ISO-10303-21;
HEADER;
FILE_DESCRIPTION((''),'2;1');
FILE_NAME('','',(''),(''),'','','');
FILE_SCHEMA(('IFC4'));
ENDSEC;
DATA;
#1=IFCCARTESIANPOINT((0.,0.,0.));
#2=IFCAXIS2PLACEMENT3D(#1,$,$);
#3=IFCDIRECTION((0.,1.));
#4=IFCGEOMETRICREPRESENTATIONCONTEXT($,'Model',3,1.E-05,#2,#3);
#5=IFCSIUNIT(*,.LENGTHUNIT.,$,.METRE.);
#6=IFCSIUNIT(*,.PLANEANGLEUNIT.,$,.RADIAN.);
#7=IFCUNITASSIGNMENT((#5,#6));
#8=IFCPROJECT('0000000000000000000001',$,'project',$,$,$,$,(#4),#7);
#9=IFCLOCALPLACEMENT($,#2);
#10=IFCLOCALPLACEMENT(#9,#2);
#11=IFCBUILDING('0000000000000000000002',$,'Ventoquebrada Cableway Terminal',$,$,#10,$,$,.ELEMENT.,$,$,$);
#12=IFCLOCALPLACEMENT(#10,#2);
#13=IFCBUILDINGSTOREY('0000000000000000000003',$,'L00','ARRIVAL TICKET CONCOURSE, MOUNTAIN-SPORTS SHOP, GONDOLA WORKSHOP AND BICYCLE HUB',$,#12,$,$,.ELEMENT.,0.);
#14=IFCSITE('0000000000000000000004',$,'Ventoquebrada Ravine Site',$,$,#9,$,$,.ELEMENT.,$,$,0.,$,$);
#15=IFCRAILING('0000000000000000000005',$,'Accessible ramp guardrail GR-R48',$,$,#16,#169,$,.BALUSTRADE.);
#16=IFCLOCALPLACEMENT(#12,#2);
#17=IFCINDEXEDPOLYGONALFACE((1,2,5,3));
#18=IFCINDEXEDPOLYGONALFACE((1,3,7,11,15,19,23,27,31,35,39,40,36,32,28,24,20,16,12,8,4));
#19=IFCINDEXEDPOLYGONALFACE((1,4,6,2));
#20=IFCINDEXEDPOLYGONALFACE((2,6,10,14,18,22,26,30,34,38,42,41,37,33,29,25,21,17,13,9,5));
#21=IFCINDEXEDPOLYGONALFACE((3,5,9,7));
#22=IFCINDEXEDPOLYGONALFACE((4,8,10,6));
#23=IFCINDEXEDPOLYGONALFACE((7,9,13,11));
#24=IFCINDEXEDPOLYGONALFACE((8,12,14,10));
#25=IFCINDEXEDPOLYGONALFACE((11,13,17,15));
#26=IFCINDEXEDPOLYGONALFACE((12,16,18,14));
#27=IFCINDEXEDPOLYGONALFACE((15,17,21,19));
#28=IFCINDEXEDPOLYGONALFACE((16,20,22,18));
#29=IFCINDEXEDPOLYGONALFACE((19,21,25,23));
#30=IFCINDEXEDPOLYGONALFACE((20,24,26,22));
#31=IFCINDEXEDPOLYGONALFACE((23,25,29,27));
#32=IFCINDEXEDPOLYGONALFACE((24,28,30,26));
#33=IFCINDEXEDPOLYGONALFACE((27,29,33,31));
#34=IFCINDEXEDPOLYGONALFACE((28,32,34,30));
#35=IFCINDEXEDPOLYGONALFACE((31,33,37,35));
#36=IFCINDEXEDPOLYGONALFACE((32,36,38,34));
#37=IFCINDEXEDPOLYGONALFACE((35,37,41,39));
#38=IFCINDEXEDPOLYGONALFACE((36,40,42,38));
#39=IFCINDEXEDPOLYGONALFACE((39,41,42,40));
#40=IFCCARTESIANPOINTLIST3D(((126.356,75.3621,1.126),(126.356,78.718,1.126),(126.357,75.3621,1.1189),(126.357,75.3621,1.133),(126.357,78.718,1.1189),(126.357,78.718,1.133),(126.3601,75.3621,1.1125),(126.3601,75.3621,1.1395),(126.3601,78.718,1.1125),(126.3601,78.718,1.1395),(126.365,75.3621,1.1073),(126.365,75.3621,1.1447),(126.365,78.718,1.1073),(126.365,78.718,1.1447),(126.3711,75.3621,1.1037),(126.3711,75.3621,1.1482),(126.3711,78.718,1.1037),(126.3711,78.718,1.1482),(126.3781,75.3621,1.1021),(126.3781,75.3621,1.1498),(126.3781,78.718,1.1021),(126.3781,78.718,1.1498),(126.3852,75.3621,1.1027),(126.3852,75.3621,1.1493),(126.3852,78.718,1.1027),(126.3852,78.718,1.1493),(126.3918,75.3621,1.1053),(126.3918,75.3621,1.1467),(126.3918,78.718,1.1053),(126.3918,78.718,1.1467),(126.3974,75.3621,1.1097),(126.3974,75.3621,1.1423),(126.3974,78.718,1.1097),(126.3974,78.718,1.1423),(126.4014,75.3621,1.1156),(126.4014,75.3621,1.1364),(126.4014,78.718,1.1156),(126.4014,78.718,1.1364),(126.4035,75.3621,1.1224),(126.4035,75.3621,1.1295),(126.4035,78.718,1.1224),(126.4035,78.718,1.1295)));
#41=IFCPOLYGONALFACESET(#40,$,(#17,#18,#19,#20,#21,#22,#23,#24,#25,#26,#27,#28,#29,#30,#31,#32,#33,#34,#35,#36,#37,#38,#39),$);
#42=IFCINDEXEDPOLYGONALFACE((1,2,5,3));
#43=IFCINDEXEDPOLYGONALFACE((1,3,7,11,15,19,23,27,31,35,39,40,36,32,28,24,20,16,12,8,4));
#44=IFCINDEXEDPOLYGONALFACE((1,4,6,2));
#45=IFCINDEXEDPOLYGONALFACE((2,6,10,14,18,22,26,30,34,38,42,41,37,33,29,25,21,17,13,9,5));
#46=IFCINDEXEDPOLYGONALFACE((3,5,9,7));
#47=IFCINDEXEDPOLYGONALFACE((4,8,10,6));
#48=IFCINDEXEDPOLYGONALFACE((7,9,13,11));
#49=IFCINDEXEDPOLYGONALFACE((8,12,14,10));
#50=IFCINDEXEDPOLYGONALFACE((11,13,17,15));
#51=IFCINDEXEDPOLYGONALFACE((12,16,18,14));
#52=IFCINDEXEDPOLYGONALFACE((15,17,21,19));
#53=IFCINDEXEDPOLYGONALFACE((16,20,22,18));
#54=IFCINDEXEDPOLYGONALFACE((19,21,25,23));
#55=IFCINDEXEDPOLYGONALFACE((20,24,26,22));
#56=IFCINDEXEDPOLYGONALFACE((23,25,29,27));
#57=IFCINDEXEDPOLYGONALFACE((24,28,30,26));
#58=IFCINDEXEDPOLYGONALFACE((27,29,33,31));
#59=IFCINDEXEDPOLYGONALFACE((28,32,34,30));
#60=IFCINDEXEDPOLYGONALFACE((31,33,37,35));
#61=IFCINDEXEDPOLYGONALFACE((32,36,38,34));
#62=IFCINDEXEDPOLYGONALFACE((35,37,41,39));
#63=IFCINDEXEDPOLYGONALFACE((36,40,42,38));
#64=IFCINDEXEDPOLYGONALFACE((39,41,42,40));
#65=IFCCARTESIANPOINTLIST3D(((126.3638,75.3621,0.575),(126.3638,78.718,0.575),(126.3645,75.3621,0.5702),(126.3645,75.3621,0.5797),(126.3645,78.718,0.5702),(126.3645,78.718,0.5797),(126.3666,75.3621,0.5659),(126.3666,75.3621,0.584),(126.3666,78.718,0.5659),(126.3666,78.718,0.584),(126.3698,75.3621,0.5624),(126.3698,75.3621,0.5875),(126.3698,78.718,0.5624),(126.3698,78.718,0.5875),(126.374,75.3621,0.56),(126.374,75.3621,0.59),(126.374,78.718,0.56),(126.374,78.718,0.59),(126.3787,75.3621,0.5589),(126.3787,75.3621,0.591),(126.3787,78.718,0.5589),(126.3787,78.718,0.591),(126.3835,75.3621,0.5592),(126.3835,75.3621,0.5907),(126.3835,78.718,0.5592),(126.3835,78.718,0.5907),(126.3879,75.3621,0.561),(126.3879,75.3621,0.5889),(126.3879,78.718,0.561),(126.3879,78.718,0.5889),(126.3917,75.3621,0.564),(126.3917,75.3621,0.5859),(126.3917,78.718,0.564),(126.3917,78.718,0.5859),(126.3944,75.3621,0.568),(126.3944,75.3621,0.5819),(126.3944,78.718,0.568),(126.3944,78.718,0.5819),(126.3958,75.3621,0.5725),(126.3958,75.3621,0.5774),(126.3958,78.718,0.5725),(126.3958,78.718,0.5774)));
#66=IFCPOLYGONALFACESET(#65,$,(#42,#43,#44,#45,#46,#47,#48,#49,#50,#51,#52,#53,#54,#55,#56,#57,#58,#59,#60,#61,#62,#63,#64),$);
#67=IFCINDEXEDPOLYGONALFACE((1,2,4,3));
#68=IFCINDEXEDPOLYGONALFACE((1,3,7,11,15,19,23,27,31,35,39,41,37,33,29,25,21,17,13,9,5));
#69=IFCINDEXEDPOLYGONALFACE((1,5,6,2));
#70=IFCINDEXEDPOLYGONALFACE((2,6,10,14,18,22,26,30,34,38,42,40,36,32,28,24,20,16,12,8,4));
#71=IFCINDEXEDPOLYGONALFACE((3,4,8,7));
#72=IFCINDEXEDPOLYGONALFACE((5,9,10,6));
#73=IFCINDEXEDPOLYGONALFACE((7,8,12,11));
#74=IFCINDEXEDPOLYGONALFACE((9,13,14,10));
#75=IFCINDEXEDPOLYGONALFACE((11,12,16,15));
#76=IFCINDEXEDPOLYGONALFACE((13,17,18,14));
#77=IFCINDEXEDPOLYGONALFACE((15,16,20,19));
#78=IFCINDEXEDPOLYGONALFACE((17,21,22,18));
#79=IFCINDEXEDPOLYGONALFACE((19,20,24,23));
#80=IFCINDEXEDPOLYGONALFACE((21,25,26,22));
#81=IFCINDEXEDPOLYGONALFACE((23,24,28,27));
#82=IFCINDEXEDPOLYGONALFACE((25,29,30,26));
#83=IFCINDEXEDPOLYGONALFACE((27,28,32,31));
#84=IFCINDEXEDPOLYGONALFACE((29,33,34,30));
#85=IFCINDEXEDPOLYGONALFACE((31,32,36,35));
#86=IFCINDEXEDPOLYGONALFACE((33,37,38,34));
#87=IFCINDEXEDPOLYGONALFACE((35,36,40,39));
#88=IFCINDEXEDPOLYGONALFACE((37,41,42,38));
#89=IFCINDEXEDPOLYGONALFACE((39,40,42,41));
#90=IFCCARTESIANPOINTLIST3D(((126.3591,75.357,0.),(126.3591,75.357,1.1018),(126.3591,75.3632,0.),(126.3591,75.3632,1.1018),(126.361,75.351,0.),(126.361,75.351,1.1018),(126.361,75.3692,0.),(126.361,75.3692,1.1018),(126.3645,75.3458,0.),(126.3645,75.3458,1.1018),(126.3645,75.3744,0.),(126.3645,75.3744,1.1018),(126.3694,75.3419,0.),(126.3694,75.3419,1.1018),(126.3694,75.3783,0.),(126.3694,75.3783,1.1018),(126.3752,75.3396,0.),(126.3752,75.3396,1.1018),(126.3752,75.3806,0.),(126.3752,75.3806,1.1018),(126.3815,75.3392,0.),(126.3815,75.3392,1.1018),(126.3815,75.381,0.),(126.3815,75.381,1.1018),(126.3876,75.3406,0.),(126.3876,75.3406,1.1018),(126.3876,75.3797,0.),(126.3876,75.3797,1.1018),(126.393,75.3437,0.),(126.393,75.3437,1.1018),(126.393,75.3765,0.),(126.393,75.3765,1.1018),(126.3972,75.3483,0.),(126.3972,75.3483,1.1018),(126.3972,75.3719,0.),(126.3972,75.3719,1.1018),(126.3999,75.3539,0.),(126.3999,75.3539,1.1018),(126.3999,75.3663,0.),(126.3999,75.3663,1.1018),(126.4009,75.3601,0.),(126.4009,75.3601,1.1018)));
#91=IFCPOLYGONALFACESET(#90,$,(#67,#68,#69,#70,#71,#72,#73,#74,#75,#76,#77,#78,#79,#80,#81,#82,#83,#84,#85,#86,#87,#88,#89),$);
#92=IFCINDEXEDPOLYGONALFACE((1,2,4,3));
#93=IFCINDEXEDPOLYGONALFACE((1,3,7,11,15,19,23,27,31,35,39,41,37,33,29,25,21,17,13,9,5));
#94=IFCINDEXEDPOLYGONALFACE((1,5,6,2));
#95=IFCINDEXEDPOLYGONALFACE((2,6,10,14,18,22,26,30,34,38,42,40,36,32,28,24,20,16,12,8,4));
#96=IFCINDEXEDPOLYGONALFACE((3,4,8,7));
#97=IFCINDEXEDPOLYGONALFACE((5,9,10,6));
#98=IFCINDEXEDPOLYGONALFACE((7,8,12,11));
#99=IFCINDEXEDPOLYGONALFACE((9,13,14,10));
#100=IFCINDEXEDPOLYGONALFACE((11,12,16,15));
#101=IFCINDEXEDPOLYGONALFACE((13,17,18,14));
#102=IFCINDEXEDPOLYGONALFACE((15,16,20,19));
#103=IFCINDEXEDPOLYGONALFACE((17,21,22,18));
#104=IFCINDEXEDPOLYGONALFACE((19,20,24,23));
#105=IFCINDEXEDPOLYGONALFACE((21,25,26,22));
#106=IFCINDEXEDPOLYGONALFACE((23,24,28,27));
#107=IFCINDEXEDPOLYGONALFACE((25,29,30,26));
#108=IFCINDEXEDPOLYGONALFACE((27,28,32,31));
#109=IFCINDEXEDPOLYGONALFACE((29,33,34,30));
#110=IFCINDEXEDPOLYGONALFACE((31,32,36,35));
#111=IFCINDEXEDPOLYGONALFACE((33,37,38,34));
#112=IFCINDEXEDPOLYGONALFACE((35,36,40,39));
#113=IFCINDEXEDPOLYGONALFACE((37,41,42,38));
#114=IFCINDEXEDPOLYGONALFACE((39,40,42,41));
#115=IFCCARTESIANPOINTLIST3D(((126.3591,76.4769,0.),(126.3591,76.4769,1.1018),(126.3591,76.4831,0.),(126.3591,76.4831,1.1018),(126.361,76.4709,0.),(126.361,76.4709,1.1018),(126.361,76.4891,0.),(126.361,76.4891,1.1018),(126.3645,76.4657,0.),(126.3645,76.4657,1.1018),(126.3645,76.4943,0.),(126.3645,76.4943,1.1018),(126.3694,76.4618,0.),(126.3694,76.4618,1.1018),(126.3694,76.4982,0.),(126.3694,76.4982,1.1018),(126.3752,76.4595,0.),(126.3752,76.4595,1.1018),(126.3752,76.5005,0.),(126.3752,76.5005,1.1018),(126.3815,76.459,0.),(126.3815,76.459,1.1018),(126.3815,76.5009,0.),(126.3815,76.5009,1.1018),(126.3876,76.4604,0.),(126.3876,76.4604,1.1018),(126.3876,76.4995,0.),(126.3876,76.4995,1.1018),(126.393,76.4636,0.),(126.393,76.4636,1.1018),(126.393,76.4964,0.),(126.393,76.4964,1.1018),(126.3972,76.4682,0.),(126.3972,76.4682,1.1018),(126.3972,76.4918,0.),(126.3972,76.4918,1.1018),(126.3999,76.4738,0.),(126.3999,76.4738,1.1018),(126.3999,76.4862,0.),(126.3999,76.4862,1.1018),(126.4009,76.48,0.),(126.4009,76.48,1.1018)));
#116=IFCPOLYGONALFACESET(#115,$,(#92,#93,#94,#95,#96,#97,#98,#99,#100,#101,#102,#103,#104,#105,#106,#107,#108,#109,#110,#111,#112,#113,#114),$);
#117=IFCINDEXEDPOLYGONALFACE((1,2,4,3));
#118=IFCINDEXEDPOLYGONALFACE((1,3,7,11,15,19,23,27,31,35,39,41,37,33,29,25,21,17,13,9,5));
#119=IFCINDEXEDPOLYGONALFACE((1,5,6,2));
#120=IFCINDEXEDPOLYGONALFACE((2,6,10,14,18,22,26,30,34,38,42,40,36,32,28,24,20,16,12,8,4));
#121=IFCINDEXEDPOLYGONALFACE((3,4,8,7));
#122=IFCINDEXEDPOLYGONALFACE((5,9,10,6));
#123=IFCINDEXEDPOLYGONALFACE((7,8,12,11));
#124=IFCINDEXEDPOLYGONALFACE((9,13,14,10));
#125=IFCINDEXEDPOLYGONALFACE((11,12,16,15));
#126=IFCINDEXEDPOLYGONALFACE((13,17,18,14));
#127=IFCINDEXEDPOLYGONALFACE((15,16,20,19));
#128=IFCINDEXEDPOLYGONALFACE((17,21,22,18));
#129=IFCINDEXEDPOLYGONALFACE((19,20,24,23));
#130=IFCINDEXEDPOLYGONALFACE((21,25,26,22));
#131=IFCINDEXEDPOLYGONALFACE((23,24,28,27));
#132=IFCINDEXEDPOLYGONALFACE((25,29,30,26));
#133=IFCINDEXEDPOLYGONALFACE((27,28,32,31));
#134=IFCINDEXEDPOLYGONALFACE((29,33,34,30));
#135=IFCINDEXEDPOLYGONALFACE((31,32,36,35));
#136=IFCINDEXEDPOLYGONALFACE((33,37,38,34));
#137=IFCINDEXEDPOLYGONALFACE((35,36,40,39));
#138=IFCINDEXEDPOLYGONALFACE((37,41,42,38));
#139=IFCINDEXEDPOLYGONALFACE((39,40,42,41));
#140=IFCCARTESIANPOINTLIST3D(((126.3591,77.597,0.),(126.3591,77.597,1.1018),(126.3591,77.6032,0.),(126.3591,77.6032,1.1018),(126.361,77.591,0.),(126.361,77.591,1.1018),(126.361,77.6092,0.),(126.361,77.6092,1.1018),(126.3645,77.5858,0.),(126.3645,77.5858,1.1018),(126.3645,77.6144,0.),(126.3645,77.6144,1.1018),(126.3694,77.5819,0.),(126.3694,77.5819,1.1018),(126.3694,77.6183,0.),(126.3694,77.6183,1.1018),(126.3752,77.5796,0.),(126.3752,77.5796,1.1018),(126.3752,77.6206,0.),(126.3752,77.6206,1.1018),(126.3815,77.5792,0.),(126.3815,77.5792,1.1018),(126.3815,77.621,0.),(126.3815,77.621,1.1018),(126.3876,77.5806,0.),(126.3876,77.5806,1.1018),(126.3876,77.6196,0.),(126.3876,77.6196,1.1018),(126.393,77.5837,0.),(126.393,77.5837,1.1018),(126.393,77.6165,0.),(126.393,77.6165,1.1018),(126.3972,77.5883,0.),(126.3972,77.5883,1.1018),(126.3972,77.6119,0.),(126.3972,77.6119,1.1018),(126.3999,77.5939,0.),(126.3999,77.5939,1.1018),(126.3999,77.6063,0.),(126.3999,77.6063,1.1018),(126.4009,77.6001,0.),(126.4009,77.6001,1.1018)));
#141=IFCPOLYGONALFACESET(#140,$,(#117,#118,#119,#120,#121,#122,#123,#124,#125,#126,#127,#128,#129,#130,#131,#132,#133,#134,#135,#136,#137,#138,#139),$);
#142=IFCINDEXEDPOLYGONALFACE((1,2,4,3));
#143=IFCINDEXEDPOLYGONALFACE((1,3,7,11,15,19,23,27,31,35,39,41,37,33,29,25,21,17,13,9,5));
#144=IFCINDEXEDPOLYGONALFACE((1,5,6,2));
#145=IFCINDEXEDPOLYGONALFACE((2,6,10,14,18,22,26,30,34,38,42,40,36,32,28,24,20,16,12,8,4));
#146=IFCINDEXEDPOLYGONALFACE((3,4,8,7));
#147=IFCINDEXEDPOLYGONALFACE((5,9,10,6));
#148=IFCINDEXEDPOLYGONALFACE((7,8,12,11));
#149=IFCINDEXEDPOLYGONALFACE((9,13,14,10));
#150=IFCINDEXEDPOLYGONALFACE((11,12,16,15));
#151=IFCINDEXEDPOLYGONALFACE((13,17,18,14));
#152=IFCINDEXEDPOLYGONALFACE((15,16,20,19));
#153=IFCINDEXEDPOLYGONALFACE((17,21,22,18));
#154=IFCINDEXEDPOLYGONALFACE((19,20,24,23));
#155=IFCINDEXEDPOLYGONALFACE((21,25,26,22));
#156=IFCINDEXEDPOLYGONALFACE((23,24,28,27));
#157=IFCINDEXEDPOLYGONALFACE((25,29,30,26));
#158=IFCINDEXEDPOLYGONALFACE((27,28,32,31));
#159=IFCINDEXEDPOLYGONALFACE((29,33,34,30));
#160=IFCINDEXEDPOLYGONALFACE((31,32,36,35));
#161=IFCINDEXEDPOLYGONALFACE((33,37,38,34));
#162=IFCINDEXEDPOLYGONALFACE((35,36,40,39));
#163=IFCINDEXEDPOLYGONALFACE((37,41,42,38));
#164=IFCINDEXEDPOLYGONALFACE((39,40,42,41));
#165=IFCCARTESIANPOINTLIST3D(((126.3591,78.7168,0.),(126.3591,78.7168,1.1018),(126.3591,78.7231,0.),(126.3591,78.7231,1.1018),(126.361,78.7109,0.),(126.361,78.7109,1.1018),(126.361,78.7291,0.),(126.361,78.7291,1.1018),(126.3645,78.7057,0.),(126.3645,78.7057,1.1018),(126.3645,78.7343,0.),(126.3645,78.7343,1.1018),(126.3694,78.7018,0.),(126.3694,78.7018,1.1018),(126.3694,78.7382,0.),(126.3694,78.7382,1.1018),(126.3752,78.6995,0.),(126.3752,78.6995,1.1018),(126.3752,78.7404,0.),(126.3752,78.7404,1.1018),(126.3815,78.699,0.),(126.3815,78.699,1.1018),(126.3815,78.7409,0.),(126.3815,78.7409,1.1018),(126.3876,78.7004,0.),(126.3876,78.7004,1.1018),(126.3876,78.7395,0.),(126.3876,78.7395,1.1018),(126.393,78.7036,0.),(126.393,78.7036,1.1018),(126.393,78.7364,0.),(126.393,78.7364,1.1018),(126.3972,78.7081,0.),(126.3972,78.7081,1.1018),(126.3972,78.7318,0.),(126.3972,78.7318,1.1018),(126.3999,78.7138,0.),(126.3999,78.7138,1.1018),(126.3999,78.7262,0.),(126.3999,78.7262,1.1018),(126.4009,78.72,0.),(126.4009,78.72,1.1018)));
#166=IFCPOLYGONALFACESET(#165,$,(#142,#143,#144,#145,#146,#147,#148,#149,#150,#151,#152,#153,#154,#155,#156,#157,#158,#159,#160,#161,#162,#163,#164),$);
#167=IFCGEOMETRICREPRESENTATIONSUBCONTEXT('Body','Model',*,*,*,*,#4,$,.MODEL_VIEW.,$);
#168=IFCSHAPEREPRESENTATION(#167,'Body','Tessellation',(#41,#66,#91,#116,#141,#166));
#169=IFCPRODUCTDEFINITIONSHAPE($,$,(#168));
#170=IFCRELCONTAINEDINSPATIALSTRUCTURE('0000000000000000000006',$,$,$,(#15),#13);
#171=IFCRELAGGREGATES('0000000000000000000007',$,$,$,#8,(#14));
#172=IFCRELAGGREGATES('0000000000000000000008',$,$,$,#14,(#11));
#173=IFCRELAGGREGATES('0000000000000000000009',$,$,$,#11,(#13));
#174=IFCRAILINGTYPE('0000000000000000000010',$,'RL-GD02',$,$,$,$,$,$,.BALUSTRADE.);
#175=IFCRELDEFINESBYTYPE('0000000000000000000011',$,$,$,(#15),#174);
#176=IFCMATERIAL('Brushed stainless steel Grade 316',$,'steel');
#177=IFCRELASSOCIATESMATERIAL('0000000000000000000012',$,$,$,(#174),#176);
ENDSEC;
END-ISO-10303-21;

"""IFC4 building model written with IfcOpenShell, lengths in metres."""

from ifc_helpers import new_model, si_unit, direction, frame, origin, origin_2d, place, context, subcontext, project, spatial, circle, extrude, material, type_object, element, save


model = new_model("IFC4")

# Units and contexts
model_context = context("Model", 3, precision=1e-05, world=origin(), true_north=direction((0.0, 1.0)))
body_context = subcontext(model_context, "Body", "Model", "MODEL_VIEW")
ifc_project = project(units=[si_unit("LENGTHUNIT", "METRE"), si_unit("PLANEANGLEUNIT", "RADIAN")], contexts=[model_context])

# Site, building, storey
site_placement = place(None, origin())
site = spatial("IfcSite", under=ifc_project, at=site_placement, Name="Ventoquebrada Ravine Site", CompositionType="ELEMENT", RefElevation=0.0)
building_placement = place(site_placement, origin())
building = spatial("IfcBuilding", under=site, at=building_placement, Name="Ventoquebrada Cableway Terminal", CompositionType="ELEMENT")
storey_placement = place(building_placement, origin())
storey = spatial("IfcBuildingStorey", under=building, at=storey_placement, Name="L00", Description="ARRIVAL TICKET CONCOURSE, MOUNTAIN-SPORTS SHOP, GONDOLA WORKSHOP AND BICYCLE HUB", CompositionType="ELEMENT", Elevation=0.0)

# Railing
ifc_material_1 = material(Name="Brushed stainless steel Grade 316", Category="steel")
railing_type = type_object("IfcRailingType", Name="RL-GD02", PredefinedType="BALUSTRADE", material=ifc_material_1)
for number, where, name in (
    (1, (126.3799, 75.3601, 0.0), "Accessible ramp guardrail GR-R48"),
):
    element("IfcRailing", number, at=place(storey_placement, frame(where)), inside=storey, type_object=railing_type, Name=name, PredefinedType="BALUSTRADE", context=body_context, shape_type="SweptSolid", body=[
        extrude(circle(Radius=0.0239, at=origin_2d()), frame((0.0, 0.002, 1.126), z_axis=(0.0, 1.0, 0.0), x_axis=(-1.0, 0.0, 0.0)), (0.0, 0.0, 1.0), 3.356),
        extrude(circle(Radius=0.0161, at=origin_2d()), frame((0.0, 0.002, 0.575), z_axis=(0.0, 1.0, 0.0), x_axis=(-1.0, 0.0, 0.0)), (0.0, 0.0, 1.0), 3.356),
        extrude(circle(Radius=0.021, at=origin_2d()), origin(), (0.0, 0.0, 1.0), 1.1018),
        extrude(circle(Radius=0.021, at=origin_2d()), frame((0.0, 1.1199, 0.0)), (0.0, 0.0, 1.0), 1.1018),
        extrude(circle(Radius=0.021, at=origin_2d()), frame((0.0, 2.24, 0.0)), (0.0, 0.0, 1.0), 1.1018),
        extrude(circle(Radius=0.021, at=origin_2d()), frame((0.0, 3.3599, 0.0)), (0.0, 0.0, 1.0), 1.1018),
    ])

save(model, "model.ifc")
